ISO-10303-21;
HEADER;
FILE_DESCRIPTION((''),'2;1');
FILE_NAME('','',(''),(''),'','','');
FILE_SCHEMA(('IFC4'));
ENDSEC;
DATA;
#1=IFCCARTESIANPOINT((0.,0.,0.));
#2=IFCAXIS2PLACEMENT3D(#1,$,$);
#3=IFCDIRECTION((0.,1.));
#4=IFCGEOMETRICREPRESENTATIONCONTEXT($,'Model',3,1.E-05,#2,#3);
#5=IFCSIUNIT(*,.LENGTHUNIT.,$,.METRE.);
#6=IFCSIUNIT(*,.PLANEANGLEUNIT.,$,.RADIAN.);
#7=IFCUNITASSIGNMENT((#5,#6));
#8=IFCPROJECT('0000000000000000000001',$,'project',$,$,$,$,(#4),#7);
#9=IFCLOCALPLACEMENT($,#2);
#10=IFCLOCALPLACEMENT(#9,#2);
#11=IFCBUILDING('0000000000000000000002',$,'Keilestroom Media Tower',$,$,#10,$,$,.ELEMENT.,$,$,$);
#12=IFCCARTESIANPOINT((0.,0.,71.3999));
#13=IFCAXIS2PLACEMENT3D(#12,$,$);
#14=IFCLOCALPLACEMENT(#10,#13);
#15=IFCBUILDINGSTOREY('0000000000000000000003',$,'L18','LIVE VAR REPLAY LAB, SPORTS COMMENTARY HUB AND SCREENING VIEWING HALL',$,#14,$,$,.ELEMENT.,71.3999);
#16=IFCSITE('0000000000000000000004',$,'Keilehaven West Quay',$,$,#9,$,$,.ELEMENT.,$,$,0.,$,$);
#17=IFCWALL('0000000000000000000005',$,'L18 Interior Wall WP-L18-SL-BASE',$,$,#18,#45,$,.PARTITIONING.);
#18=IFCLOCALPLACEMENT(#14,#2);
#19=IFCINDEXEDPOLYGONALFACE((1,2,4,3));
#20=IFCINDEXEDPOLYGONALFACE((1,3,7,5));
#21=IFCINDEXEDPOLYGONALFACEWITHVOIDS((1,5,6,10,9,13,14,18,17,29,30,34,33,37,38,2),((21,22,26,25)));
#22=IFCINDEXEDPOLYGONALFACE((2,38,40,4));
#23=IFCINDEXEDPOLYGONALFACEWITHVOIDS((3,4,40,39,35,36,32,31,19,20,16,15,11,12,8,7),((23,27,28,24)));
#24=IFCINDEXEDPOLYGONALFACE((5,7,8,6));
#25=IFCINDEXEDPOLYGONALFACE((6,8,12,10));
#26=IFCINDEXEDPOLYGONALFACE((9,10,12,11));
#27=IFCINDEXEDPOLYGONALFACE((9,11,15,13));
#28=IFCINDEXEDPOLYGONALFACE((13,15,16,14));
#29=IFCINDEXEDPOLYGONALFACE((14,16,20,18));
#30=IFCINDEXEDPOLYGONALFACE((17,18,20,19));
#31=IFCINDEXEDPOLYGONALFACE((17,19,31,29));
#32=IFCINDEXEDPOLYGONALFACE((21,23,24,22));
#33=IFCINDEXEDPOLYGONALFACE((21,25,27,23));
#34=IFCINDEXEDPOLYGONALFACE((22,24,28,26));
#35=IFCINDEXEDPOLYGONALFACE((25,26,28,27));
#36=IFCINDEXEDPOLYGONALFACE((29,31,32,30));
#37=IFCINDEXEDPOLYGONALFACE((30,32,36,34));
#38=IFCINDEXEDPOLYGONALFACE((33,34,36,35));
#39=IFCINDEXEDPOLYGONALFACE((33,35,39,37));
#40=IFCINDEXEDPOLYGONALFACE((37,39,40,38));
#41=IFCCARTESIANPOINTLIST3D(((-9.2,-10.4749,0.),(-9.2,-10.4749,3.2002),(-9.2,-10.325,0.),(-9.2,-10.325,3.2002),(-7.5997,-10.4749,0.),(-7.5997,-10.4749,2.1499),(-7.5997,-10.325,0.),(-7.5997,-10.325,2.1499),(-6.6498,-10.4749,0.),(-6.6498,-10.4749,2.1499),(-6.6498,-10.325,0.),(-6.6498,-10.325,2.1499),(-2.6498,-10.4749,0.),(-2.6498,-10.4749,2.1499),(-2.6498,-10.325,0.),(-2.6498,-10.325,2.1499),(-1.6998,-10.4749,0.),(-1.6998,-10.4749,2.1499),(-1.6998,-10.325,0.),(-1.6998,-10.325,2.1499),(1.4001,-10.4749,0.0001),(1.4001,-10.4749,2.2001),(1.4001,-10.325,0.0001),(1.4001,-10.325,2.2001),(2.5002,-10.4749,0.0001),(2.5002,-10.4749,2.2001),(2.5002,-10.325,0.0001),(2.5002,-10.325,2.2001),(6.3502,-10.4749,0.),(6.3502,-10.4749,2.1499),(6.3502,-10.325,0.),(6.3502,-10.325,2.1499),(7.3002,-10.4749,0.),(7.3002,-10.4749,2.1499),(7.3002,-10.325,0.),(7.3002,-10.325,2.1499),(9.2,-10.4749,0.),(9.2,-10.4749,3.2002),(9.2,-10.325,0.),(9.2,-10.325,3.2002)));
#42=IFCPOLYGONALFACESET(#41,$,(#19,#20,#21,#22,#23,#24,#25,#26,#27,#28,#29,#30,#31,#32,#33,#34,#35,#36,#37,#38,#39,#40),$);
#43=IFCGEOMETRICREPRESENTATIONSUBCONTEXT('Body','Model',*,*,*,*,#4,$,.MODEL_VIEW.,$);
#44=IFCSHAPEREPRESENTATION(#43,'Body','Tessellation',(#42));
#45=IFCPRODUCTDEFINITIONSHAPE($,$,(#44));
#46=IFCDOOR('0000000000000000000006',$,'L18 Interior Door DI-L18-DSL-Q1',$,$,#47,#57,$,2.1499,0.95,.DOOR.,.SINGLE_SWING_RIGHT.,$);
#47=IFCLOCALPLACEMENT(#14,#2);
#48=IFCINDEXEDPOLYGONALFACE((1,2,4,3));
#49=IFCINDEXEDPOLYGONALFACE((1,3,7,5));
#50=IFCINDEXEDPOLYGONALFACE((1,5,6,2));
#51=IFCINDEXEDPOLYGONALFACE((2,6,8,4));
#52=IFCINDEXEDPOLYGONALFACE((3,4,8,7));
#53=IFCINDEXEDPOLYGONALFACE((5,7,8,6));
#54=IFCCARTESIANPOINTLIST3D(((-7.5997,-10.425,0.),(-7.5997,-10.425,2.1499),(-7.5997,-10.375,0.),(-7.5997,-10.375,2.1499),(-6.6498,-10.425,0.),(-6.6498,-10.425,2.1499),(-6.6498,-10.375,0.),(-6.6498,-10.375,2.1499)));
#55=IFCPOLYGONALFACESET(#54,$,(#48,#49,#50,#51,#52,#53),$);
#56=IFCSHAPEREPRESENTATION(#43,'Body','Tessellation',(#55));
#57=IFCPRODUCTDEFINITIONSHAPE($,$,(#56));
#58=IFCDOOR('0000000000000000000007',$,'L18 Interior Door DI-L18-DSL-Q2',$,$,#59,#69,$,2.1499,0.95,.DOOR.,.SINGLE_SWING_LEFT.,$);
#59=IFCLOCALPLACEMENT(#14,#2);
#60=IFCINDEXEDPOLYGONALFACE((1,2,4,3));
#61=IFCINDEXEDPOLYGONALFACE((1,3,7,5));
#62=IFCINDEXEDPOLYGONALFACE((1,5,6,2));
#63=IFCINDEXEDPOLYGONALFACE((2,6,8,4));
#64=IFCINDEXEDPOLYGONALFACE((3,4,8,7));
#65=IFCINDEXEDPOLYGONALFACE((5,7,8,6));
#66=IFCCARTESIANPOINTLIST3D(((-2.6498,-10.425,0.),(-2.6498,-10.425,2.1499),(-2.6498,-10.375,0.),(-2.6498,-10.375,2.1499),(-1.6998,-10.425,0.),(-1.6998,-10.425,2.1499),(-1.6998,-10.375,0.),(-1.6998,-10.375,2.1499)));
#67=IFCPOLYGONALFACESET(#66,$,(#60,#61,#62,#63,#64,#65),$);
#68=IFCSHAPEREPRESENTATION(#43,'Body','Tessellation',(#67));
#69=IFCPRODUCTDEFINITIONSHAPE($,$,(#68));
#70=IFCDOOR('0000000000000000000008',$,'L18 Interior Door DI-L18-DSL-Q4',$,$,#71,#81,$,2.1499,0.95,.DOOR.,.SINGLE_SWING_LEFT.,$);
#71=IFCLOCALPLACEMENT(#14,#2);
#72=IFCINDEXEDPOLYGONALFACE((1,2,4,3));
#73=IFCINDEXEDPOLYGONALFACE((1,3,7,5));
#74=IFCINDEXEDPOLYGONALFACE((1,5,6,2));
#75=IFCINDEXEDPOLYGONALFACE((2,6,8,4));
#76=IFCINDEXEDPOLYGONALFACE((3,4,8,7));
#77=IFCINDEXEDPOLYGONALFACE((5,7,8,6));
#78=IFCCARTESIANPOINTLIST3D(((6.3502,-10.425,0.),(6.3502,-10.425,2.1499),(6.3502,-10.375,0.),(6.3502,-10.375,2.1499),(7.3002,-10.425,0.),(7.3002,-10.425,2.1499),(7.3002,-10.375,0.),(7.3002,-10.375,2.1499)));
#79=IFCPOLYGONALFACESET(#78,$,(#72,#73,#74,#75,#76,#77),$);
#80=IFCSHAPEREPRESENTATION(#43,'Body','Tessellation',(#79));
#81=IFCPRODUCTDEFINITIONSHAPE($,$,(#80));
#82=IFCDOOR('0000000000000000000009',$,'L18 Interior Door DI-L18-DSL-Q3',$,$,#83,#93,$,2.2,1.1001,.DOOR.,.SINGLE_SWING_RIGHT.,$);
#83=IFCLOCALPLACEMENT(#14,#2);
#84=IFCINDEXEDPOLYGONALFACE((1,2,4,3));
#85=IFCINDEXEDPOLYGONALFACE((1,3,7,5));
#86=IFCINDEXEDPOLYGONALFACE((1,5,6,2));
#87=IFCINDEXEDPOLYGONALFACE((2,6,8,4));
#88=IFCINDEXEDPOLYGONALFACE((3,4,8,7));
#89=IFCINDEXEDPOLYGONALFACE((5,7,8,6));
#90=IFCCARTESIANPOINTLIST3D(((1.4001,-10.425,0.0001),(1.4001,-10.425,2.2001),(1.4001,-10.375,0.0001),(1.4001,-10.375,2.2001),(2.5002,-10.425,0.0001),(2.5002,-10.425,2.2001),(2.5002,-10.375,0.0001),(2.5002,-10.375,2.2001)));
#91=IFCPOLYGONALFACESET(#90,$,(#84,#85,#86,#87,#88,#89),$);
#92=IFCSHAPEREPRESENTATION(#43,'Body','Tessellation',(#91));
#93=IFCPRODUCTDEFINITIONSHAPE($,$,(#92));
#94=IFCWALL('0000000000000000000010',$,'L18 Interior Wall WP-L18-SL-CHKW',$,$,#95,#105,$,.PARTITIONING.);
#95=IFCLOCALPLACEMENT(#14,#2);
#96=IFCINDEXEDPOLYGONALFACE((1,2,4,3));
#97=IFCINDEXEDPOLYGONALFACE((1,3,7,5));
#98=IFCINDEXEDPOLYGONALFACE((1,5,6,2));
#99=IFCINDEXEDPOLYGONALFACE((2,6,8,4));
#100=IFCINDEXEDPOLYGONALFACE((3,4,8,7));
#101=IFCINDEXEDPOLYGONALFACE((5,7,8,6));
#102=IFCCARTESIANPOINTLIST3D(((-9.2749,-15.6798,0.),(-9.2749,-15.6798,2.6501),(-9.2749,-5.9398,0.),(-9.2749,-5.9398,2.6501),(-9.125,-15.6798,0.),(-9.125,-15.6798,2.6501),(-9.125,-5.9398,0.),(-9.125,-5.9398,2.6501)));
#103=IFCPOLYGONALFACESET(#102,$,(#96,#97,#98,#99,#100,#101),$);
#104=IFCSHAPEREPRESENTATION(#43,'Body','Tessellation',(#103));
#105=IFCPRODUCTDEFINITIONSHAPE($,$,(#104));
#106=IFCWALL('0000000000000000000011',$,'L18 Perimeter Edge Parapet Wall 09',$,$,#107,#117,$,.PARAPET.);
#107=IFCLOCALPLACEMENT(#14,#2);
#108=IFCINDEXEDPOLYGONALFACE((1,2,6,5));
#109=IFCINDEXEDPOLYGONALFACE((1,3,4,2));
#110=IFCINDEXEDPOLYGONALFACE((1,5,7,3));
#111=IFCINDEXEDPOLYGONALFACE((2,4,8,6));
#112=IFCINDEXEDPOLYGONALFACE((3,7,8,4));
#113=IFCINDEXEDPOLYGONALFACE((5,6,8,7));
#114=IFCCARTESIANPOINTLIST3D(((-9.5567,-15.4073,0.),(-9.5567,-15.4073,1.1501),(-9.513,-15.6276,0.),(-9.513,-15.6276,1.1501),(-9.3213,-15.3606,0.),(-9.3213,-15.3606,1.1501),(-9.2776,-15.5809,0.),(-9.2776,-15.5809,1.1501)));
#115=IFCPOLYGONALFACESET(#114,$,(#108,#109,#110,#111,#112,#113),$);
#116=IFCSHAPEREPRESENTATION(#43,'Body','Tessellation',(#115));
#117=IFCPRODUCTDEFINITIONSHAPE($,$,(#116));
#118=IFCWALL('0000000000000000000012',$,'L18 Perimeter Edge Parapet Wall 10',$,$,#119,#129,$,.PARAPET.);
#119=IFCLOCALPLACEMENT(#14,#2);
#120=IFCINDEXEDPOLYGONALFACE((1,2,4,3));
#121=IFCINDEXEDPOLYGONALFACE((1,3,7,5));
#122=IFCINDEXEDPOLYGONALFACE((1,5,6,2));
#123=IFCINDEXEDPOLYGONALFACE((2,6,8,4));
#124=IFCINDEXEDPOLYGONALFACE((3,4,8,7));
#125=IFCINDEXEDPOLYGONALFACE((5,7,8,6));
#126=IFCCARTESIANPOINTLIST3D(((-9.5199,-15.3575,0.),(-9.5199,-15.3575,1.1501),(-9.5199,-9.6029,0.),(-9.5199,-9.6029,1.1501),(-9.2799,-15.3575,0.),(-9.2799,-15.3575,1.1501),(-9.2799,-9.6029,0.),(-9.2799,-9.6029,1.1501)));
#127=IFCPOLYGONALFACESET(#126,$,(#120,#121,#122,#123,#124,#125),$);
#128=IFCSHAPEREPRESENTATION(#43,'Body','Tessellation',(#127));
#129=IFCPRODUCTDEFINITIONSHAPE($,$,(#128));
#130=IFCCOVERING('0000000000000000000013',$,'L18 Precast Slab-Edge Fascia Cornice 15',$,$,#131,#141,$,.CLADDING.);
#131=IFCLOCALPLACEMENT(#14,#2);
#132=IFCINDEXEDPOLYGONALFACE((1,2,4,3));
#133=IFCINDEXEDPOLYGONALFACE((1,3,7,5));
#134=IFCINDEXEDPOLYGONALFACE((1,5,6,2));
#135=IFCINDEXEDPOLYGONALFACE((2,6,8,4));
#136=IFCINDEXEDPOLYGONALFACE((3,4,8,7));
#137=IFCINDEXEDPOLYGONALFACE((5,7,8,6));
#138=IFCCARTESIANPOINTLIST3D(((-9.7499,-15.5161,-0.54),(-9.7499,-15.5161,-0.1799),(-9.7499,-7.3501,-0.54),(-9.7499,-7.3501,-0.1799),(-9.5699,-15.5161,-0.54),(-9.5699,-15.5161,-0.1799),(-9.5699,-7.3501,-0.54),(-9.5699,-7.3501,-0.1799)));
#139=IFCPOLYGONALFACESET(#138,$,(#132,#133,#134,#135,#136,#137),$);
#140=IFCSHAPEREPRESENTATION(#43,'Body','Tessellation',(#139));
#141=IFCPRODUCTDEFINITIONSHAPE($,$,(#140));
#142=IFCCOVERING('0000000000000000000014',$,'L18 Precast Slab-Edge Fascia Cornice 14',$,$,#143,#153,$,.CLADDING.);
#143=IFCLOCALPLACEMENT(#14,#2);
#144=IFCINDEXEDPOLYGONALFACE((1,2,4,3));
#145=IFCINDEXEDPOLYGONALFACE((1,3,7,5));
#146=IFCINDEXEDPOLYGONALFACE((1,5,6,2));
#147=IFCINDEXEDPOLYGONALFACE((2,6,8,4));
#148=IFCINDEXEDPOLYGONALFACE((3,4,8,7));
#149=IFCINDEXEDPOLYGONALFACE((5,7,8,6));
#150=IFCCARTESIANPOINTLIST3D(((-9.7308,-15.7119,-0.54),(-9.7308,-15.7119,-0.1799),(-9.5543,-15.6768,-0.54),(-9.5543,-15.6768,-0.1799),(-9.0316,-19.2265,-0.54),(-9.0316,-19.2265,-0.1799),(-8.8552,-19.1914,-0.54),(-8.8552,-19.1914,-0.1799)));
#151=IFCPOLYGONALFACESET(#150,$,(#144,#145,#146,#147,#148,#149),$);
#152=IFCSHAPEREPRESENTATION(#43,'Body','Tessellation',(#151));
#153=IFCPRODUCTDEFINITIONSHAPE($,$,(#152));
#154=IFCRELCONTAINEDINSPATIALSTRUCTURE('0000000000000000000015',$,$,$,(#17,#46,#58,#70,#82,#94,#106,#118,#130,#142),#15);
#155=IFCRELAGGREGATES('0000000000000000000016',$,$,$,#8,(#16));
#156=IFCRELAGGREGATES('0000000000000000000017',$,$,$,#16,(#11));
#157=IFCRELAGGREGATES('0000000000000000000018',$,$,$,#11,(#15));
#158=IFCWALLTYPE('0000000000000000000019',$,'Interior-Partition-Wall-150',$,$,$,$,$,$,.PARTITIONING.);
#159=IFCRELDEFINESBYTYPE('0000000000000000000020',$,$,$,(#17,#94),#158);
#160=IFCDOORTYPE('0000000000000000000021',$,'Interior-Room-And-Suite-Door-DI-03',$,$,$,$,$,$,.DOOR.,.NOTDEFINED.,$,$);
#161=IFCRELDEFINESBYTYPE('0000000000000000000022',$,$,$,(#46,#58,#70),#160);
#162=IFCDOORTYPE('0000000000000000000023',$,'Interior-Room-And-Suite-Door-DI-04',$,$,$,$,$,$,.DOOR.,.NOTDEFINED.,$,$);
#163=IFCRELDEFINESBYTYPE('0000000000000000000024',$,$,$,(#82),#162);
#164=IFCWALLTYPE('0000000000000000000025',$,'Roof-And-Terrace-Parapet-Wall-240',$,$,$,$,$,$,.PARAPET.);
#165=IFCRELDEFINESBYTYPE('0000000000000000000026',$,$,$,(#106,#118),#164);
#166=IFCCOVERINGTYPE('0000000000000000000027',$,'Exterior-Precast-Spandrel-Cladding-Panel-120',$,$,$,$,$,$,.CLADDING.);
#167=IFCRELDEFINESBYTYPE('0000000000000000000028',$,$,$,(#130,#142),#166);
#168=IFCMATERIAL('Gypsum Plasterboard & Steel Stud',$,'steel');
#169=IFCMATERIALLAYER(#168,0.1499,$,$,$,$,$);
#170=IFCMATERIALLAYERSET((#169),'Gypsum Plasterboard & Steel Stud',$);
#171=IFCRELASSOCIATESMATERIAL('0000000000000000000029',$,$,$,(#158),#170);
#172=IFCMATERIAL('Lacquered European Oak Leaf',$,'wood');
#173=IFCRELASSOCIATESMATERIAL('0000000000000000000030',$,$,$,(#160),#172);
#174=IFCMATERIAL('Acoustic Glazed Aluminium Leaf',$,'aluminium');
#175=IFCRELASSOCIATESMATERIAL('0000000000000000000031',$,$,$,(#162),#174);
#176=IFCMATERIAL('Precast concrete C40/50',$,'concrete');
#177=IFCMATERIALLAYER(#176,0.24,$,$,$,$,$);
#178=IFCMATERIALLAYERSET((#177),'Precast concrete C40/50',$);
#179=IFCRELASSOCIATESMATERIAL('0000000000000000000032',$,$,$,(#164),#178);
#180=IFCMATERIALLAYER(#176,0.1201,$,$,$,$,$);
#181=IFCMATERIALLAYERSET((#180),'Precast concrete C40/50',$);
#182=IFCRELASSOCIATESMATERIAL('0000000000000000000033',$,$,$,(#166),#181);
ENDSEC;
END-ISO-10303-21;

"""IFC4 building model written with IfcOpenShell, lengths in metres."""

from ifc_helpers import new_model, si_unit, direction, frame, frame_2d, origin, origin_2d, place, context, subcontext, project, spatial, rectangle, extrude, source, transform, mapped, material, layer, layer_set, type_object, element, fill, save


model = new_model("IFC4")

# Units and contexts
model_context = context("Model", 3, precision=1e-05, world=origin(), true_north=direction((0.0, 1.0)))
body_context = subcontext(model_context, "Body", "Model", "MODEL_VIEW")
ifc_project = project(units=[si_unit("LENGTHUNIT", "METRE"), si_unit("PLANEANGLEUNIT", "RADIAN")], contexts=[model_context])

# Site, building, storey
site_placement = place(None, origin())
site = spatial("IfcSite", under=ifc_project, at=site_placement, Name="Keilehaven West Quay", CompositionType="ELEMENT", RefElevation=0.0)
building_placement = place(site_placement, origin())
building = spatial("IfcBuilding", under=site, at=building_placement, Name="Keilestroom Media Tower", CompositionType="ELEMENT")
storey_placement = place(building_placement, frame((0.0, 0.0, 71.3999)))
storey = spatial("IfcBuildingStorey", under=building, at=storey_placement, Name="L18", Description="LIVE VAR REPLAY LAB, SPORTS COMMENTARY HUB AND SCREENING VIEWING HALL", CompositionType="ELEMENT", Elevation=71.3999)

# Shared definitions
ifc_material_1 = material(Name="Precast concrete C40/50", Category="concrete")
ifc_material_2 = material(Name="Gypsum Plasterboard & Steel Stud", Category="steel")

# Wall, openings, doors
ifc_layer_1 = layer(ifc_material_2, 0.1499)
ifc_layer_set_1 = layer_set([ifc_layer_1], Name="Gypsum Plasterboard & Steel Stud")
wall_type_1 = type_object("IfcWallType", Name="Interior-Partition-Wall-150", PredefinedType="PARTITIONING", material=ifc_layer_set_1)
wall_1_placement = place(storey_placement, frame((-9.2, -10.3999, 0.0), z_axis=(0.0, 0.0, 1.0), x_axis=(1.0, 0.0, 0.0)))
wall_1 = element("IfcWall", 1, at=wall_1_placement, inside=storey, type_object=wall_type_1, Name="L18 Interior Wall WP-L18-SL-BASE", PredefinedType="PARTITIONING", context=body_context, shape_type="SweptSolid", body=[
    extrude(rectangle(XDim=18.3999, YDim=0.1499, at=frame_2d((9.2, 0.0))), origin(), (0.0, 0.0, 1.0), 3.2002),
])
opening_1_placement = place(wall_1_placement, frame((1.6001, 0.0, 0.0)))
opening_1 = element("IfcOpeningElement", 2, at=opening_1_placement, cuts=wall_1, PredefinedType="OPENING", context=body_context, shape_type="SweptSolid", body=[
    extrude(rectangle(XDim=0.95, YDim=2.1499, at=frame_2d((0.4751, 1.075))), frame((0.0, 0.085, 0.0), z_axis=(0.0, -1.0, 0.0), x_axis=(1.0, 0.0, 0.0)), (0.0, 0.0, 1.0), 0.1699),
])
opening_2_placement = place(wall_1_placement, frame((6.55, 0.0, 0.0)))
opening_2 = element("IfcOpeningElement", 3, at=opening_2_placement, cuts=wall_1, PredefinedType="OPENING", context=body_context, shape_type="SweptSolid", body=[
    extrude(rectangle(XDim=0.95, YDim=2.1499, at=frame_2d((0.4751, 1.075))), frame((0.0, 0.085, 0.0), z_axis=(0.0, -1.0, 0.0), x_axis=(1.0, 0.0, 0.0)), (0.0, 0.0, 1.0), 0.1699),
])
opening_3_placement = place(wall_1_placement, frame((10.6001, 0.0, 0.0)))
opening_3 = element("IfcOpeningElement", 4, at=opening_3_placement, cuts=wall_1, PredefinedType="OPENING", context=body_context, shape_type="SweptSolid", body=[
    extrude(rectangle(XDim=1.1001, YDim=2.2, at=frame_2d((0.55, 1.1001))), frame((0.0, 0.085, 0.0), z_axis=(0.0, -1.0, 0.0), x_axis=(1.0, 0.0, 0.0)), (0.0, 0.0, 1.0), 0.1699),
])
opening_4_placement = place(wall_1_placement, frame((15.55, 0.0, 0.0)))
opening_4 = element("IfcOpeningElement", 5, at=opening_4_placement, cuts=wall_1, PredefinedType="OPENING", context=body_context, shape_type="SweptSolid", body=[
    extrude(rectangle(XDim=0.95, YDim=2.1499, at=frame_2d((0.4751, 1.075))), frame((0.0, 0.085, 0.0), z_axis=(0.0, -1.0, 0.0), x_axis=(1.0, 0.0, 0.0)), (0.0, 0.0, 1.0), 0.1699),
])
ifc_material_3 = material(Name="Lacquered European Oak Leaf", Category="wood")
door_type_1 = type_object("IfcDoorType", Name="Interior-Room-And-Suite-Door-DI-03", OperationType="NOTDEFINED", PredefinedType="DOOR", material=ifc_material_3)
shared_shape_1 = source(origin(), body_context, "Body", "SweptSolid", [
    extrude(rectangle(XDim=0.95, YDim=2.1499, at=frame_2d((0.4751, 1.075))), frame((0.0, 0.0249, 0.0), z_axis=(0.0, -1.0, 0.0), x_axis=(1.0, 0.0, 0.0)), (0.0, 0.0, 1.0), 0.05),
])
door_1_placement = place(opening_1_placement, origin())
door_1 = element("IfcDoor", 6, at=door_1_placement, inside=storey, type_object=door_type_1, Name="L18 Interior Door DI-L18-DSL-Q1", OperationType="SINGLE_SWING_RIGHT", OverallHeight=2.1499, OverallWidth=0.95, PredefinedType="DOOR", context=body_context, shape_type="MappedRepresentation", body=[
    mapped(shared_shape_1, transform((0.0, 0.0, 0.0), x_axis=(1.0, 0.0, 0.0), y_axis=(0.0, 1.0, 0.0), z_axis=(0.0, 0.0, 1.0), scale=1.0)),
])
fill(opening_1, door_1)
door_2_placement = place(opening_2_placement, origin())
door_2 = element("IfcDoor", 7, at=door_2_placement, inside=storey, type_object=door_type_1, Name="L18 Interior Door DI-L18-DSL-Q2", OperationType="SINGLE_SWING_LEFT", OverallHeight=2.1499, OverallWidth=0.95, PredefinedType="DOOR", context=body_context, shape_type="MappedRepresentation", body=[
    mapped(shared_shape_1, transform((0.0, 0.0, 0.0), x_axis=(1.0, 0.0, 0.0), y_axis=(0.0, 1.0, 0.0), z_axis=(0.0, 0.0, 1.0), scale=1.0)),
])
fill(opening_2, door_2)
door_3_placement = place(opening_4_placement, origin())
door_3 = element("IfcDoor", 8, at=door_3_placement, inside=storey, type_object=door_type_1, Name="L18 Interior Door DI-L18-DSL-Q4", OperationType="SINGLE_SWING_LEFT", OverallHeight=2.1499, OverallWidth=0.95, PredefinedType="DOOR", context=body_context, shape_type="MappedRepresentation", body=[
    mapped(shared_shape_1, transform((0.0, 0.0, 0.0), x_axis=(1.0, 0.0, 0.0), y_axis=(0.0, 1.0, 0.0), z_axis=(0.0, 0.0, 1.0), scale=1.0)),
])
fill(opening_4, door_3)
ifc_material_4 = material(Name="Acoustic Glazed Aluminium Leaf", Category="aluminium")
door_type_2 = type_object("IfcDoorType", Name="Interior-Room-And-Suite-Door-DI-04", OperationType="NOTDEFINED", PredefinedType="DOOR", material=ifc_material_4)
shared_shape_2 = source(origin(), body_context, "Body", "SweptSolid", [
    extrude(rectangle(XDim=1.1001, YDim=2.2, at=frame_2d((0.55, 1.1001))), frame((0.0, 0.0249, 0.0), z_axis=(0.0, -1.0, 0.0), x_axis=(1.0, 0.0, 0.0)), (0.0, 0.0, 1.0), 0.05),
])
door_4_placement = place(opening_3_placement, origin())
door_4 = element("IfcDoor", 9, at=door_4_placement, inside=storey, type_object=door_type_2, Name="L18 Interior Door DI-L18-DSL-Q3", OperationType="SINGLE_SWING_RIGHT", OverallHeight=2.2, OverallWidth=1.1001, PredefinedType="DOOR", context=body_context, shape_type="MappedRepresentation", body=[
    mapped(shared_shape_2, transform((0.0, 0.0, 0.0), x_axis=(1.0, 0.0, 0.0), y_axis=(0.0, 1.0, 0.0), z_axis=(0.0, 0.0, 1.0), scale=1.0)),
])
fill(opening_3, door_4)

# Walls
wall_2_placement = place(storey_placement, frame((-9.2, -15.6799, 0.0), z_axis=(0.0, 0.0, 1.0), x_axis=(0.0, 1.0, 0.0)))
element("IfcWall", 10, at=wall_2_placement, inside=storey, type_object=wall_type_1, Name="L18 Interior Wall WP-L18-SL-CHKW", PredefinedType="PARTITIONING", context=body_context, shape_type="SweptSolid", body=[
    extrude(rectangle(XDim=9.74, YDim=0.1499, at=frame_2d((4.8701, 0.0))), origin(), (0.0, 0.0, 1.0), 2.6501),
])
ifc_layer_2 = layer(ifc_material_1, 0.24)
ifc_layer_set_2 = layer_set([ifc_layer_2], Name="Precast concrete C40/50")
wall_type_2 = type_object("IfcWallType", Name="Roof-And-Terrace-Parapet-Wall-240", PredefinedType="PARAPET", material=ifc_layer_set_2)
wall_3_placement = place(storey_placement, frame((-9.3953, -15.6042, 0.0), z_axis=(0.0, 0.0, 1.0), x_axis=(-0.194652, 0.980872, 0.0)))
element("IfcWall", 11, at=wall_3_placement, inside=storey, type_object=wall_type_2, Name="L18 Perimeter Edge Parapet Wall 09", PredefinedType="PARAPET", context=body_context, shape_type="SweptSolid", body=[
    extrude(rectangle(XDim=0.2246, YDim=0.24, at=frame_2d((0.1123, 0.0))), origin(), (0.0, 0.0, 1.0), 1.1501),
])
wall_4_placement = place(storey_placement, frame((-9.3999, -15.3577, 0.0), z_axis=(0.0, 0.0, 1.0), x_axis=(0.0, 1.0, 0.0)))
element("IfcWall", 12, at=wall_4_placement, inside=storey, type_object=wall_type_2, Name="L18 Perimeter Edge Parapet Wall 10", PredefinedType="PARAPET", context=body_context, shape_type="SweptSolid", body=[
    extrude(rectangle(XDim=5.7546, YDim=0.24, at=frame_2d((2.8774, 0.0))), origin(), (0.0, 0.0, 1.0), 1.1501),
])

# Coverings
ifc_layer_3 = layer(ifc_material_1, 0.1201)
ifc_layer_set_3 = layer_set([ifc_layer_3], Name="Precast concrete C40/50")
covering_type = type_object("IfcCoveringType", Name="Exterior-Precast-Spandrel-Cladding-Panel-120", PredefinedType="CLADDING", material=ifc_layer_set_3)
shared_shape_3 = source(origin(), body_context, "Body", "SweptSolid", [
    extrude(rectangle(XDim=8.166, YDim=0.1799, at=origin_2d()), origin(), (0.0, 0.0, 1.0), 0.3601),
])
covering_1_placement = place(storey_placement, frame((-9.6599, -11.4331, -0.54), z_axis=(0.0, 0.0, 1.0), x_axis=(0.0, 1.0, 0.0)))
element("IfcCovering", 13, at=covering_1_placement, inside=storey, type_object=covering_type, Name="L18 Precast Slab-Edge Fascia Cornice 15", PredefinedType="CLADDING", context=body_context, shape_type="MappedRepresentation", body=[
    mapped(shared_shape_3, transform((0.0, 0.0, 0.0), x_axis=(1.0, 0.0, 0.0), y_axis=(0.0, 1.0, 0.0), z_axis=(0.0, 0.0, 1.0), scale=1.0)),
])
shared_shape_4 = source(origin(), body_context, "Body", "SweptSolid", [
    extrude(rectangle(XDim=3.5835, YDim=0.1799, at=origin_2d()), origin(), (0.0, 0.0, 1.0), 0.3601),
])
covering_2_placement = place(storey_placement, frame((-9.293, -17.4517, -0.54), z_axis=(0.0, 0.0, 1.0), x_axis=(-0.195099, 0.980784, 0.0)))
element("IfcCovering", 14, at=covering_2_placement, inside=storey, type_object=covering_type, Name="L18 Precast Slab-Edge Fascia Cornice 14", PredefinedType="CLADDING", context=body_context, shape_type="MappedRepresentation", body=[
    mapped(shared_shape_4, transform((0.0, 0.0, 0.0), x_axis=(1.0, 0.0, 0.0), y_axis=(0.0, 1.0, 0.0), z_axis=(0.0, 0.0, 1.0), scale=1.0)),
])

save(model, "model.ifc")
